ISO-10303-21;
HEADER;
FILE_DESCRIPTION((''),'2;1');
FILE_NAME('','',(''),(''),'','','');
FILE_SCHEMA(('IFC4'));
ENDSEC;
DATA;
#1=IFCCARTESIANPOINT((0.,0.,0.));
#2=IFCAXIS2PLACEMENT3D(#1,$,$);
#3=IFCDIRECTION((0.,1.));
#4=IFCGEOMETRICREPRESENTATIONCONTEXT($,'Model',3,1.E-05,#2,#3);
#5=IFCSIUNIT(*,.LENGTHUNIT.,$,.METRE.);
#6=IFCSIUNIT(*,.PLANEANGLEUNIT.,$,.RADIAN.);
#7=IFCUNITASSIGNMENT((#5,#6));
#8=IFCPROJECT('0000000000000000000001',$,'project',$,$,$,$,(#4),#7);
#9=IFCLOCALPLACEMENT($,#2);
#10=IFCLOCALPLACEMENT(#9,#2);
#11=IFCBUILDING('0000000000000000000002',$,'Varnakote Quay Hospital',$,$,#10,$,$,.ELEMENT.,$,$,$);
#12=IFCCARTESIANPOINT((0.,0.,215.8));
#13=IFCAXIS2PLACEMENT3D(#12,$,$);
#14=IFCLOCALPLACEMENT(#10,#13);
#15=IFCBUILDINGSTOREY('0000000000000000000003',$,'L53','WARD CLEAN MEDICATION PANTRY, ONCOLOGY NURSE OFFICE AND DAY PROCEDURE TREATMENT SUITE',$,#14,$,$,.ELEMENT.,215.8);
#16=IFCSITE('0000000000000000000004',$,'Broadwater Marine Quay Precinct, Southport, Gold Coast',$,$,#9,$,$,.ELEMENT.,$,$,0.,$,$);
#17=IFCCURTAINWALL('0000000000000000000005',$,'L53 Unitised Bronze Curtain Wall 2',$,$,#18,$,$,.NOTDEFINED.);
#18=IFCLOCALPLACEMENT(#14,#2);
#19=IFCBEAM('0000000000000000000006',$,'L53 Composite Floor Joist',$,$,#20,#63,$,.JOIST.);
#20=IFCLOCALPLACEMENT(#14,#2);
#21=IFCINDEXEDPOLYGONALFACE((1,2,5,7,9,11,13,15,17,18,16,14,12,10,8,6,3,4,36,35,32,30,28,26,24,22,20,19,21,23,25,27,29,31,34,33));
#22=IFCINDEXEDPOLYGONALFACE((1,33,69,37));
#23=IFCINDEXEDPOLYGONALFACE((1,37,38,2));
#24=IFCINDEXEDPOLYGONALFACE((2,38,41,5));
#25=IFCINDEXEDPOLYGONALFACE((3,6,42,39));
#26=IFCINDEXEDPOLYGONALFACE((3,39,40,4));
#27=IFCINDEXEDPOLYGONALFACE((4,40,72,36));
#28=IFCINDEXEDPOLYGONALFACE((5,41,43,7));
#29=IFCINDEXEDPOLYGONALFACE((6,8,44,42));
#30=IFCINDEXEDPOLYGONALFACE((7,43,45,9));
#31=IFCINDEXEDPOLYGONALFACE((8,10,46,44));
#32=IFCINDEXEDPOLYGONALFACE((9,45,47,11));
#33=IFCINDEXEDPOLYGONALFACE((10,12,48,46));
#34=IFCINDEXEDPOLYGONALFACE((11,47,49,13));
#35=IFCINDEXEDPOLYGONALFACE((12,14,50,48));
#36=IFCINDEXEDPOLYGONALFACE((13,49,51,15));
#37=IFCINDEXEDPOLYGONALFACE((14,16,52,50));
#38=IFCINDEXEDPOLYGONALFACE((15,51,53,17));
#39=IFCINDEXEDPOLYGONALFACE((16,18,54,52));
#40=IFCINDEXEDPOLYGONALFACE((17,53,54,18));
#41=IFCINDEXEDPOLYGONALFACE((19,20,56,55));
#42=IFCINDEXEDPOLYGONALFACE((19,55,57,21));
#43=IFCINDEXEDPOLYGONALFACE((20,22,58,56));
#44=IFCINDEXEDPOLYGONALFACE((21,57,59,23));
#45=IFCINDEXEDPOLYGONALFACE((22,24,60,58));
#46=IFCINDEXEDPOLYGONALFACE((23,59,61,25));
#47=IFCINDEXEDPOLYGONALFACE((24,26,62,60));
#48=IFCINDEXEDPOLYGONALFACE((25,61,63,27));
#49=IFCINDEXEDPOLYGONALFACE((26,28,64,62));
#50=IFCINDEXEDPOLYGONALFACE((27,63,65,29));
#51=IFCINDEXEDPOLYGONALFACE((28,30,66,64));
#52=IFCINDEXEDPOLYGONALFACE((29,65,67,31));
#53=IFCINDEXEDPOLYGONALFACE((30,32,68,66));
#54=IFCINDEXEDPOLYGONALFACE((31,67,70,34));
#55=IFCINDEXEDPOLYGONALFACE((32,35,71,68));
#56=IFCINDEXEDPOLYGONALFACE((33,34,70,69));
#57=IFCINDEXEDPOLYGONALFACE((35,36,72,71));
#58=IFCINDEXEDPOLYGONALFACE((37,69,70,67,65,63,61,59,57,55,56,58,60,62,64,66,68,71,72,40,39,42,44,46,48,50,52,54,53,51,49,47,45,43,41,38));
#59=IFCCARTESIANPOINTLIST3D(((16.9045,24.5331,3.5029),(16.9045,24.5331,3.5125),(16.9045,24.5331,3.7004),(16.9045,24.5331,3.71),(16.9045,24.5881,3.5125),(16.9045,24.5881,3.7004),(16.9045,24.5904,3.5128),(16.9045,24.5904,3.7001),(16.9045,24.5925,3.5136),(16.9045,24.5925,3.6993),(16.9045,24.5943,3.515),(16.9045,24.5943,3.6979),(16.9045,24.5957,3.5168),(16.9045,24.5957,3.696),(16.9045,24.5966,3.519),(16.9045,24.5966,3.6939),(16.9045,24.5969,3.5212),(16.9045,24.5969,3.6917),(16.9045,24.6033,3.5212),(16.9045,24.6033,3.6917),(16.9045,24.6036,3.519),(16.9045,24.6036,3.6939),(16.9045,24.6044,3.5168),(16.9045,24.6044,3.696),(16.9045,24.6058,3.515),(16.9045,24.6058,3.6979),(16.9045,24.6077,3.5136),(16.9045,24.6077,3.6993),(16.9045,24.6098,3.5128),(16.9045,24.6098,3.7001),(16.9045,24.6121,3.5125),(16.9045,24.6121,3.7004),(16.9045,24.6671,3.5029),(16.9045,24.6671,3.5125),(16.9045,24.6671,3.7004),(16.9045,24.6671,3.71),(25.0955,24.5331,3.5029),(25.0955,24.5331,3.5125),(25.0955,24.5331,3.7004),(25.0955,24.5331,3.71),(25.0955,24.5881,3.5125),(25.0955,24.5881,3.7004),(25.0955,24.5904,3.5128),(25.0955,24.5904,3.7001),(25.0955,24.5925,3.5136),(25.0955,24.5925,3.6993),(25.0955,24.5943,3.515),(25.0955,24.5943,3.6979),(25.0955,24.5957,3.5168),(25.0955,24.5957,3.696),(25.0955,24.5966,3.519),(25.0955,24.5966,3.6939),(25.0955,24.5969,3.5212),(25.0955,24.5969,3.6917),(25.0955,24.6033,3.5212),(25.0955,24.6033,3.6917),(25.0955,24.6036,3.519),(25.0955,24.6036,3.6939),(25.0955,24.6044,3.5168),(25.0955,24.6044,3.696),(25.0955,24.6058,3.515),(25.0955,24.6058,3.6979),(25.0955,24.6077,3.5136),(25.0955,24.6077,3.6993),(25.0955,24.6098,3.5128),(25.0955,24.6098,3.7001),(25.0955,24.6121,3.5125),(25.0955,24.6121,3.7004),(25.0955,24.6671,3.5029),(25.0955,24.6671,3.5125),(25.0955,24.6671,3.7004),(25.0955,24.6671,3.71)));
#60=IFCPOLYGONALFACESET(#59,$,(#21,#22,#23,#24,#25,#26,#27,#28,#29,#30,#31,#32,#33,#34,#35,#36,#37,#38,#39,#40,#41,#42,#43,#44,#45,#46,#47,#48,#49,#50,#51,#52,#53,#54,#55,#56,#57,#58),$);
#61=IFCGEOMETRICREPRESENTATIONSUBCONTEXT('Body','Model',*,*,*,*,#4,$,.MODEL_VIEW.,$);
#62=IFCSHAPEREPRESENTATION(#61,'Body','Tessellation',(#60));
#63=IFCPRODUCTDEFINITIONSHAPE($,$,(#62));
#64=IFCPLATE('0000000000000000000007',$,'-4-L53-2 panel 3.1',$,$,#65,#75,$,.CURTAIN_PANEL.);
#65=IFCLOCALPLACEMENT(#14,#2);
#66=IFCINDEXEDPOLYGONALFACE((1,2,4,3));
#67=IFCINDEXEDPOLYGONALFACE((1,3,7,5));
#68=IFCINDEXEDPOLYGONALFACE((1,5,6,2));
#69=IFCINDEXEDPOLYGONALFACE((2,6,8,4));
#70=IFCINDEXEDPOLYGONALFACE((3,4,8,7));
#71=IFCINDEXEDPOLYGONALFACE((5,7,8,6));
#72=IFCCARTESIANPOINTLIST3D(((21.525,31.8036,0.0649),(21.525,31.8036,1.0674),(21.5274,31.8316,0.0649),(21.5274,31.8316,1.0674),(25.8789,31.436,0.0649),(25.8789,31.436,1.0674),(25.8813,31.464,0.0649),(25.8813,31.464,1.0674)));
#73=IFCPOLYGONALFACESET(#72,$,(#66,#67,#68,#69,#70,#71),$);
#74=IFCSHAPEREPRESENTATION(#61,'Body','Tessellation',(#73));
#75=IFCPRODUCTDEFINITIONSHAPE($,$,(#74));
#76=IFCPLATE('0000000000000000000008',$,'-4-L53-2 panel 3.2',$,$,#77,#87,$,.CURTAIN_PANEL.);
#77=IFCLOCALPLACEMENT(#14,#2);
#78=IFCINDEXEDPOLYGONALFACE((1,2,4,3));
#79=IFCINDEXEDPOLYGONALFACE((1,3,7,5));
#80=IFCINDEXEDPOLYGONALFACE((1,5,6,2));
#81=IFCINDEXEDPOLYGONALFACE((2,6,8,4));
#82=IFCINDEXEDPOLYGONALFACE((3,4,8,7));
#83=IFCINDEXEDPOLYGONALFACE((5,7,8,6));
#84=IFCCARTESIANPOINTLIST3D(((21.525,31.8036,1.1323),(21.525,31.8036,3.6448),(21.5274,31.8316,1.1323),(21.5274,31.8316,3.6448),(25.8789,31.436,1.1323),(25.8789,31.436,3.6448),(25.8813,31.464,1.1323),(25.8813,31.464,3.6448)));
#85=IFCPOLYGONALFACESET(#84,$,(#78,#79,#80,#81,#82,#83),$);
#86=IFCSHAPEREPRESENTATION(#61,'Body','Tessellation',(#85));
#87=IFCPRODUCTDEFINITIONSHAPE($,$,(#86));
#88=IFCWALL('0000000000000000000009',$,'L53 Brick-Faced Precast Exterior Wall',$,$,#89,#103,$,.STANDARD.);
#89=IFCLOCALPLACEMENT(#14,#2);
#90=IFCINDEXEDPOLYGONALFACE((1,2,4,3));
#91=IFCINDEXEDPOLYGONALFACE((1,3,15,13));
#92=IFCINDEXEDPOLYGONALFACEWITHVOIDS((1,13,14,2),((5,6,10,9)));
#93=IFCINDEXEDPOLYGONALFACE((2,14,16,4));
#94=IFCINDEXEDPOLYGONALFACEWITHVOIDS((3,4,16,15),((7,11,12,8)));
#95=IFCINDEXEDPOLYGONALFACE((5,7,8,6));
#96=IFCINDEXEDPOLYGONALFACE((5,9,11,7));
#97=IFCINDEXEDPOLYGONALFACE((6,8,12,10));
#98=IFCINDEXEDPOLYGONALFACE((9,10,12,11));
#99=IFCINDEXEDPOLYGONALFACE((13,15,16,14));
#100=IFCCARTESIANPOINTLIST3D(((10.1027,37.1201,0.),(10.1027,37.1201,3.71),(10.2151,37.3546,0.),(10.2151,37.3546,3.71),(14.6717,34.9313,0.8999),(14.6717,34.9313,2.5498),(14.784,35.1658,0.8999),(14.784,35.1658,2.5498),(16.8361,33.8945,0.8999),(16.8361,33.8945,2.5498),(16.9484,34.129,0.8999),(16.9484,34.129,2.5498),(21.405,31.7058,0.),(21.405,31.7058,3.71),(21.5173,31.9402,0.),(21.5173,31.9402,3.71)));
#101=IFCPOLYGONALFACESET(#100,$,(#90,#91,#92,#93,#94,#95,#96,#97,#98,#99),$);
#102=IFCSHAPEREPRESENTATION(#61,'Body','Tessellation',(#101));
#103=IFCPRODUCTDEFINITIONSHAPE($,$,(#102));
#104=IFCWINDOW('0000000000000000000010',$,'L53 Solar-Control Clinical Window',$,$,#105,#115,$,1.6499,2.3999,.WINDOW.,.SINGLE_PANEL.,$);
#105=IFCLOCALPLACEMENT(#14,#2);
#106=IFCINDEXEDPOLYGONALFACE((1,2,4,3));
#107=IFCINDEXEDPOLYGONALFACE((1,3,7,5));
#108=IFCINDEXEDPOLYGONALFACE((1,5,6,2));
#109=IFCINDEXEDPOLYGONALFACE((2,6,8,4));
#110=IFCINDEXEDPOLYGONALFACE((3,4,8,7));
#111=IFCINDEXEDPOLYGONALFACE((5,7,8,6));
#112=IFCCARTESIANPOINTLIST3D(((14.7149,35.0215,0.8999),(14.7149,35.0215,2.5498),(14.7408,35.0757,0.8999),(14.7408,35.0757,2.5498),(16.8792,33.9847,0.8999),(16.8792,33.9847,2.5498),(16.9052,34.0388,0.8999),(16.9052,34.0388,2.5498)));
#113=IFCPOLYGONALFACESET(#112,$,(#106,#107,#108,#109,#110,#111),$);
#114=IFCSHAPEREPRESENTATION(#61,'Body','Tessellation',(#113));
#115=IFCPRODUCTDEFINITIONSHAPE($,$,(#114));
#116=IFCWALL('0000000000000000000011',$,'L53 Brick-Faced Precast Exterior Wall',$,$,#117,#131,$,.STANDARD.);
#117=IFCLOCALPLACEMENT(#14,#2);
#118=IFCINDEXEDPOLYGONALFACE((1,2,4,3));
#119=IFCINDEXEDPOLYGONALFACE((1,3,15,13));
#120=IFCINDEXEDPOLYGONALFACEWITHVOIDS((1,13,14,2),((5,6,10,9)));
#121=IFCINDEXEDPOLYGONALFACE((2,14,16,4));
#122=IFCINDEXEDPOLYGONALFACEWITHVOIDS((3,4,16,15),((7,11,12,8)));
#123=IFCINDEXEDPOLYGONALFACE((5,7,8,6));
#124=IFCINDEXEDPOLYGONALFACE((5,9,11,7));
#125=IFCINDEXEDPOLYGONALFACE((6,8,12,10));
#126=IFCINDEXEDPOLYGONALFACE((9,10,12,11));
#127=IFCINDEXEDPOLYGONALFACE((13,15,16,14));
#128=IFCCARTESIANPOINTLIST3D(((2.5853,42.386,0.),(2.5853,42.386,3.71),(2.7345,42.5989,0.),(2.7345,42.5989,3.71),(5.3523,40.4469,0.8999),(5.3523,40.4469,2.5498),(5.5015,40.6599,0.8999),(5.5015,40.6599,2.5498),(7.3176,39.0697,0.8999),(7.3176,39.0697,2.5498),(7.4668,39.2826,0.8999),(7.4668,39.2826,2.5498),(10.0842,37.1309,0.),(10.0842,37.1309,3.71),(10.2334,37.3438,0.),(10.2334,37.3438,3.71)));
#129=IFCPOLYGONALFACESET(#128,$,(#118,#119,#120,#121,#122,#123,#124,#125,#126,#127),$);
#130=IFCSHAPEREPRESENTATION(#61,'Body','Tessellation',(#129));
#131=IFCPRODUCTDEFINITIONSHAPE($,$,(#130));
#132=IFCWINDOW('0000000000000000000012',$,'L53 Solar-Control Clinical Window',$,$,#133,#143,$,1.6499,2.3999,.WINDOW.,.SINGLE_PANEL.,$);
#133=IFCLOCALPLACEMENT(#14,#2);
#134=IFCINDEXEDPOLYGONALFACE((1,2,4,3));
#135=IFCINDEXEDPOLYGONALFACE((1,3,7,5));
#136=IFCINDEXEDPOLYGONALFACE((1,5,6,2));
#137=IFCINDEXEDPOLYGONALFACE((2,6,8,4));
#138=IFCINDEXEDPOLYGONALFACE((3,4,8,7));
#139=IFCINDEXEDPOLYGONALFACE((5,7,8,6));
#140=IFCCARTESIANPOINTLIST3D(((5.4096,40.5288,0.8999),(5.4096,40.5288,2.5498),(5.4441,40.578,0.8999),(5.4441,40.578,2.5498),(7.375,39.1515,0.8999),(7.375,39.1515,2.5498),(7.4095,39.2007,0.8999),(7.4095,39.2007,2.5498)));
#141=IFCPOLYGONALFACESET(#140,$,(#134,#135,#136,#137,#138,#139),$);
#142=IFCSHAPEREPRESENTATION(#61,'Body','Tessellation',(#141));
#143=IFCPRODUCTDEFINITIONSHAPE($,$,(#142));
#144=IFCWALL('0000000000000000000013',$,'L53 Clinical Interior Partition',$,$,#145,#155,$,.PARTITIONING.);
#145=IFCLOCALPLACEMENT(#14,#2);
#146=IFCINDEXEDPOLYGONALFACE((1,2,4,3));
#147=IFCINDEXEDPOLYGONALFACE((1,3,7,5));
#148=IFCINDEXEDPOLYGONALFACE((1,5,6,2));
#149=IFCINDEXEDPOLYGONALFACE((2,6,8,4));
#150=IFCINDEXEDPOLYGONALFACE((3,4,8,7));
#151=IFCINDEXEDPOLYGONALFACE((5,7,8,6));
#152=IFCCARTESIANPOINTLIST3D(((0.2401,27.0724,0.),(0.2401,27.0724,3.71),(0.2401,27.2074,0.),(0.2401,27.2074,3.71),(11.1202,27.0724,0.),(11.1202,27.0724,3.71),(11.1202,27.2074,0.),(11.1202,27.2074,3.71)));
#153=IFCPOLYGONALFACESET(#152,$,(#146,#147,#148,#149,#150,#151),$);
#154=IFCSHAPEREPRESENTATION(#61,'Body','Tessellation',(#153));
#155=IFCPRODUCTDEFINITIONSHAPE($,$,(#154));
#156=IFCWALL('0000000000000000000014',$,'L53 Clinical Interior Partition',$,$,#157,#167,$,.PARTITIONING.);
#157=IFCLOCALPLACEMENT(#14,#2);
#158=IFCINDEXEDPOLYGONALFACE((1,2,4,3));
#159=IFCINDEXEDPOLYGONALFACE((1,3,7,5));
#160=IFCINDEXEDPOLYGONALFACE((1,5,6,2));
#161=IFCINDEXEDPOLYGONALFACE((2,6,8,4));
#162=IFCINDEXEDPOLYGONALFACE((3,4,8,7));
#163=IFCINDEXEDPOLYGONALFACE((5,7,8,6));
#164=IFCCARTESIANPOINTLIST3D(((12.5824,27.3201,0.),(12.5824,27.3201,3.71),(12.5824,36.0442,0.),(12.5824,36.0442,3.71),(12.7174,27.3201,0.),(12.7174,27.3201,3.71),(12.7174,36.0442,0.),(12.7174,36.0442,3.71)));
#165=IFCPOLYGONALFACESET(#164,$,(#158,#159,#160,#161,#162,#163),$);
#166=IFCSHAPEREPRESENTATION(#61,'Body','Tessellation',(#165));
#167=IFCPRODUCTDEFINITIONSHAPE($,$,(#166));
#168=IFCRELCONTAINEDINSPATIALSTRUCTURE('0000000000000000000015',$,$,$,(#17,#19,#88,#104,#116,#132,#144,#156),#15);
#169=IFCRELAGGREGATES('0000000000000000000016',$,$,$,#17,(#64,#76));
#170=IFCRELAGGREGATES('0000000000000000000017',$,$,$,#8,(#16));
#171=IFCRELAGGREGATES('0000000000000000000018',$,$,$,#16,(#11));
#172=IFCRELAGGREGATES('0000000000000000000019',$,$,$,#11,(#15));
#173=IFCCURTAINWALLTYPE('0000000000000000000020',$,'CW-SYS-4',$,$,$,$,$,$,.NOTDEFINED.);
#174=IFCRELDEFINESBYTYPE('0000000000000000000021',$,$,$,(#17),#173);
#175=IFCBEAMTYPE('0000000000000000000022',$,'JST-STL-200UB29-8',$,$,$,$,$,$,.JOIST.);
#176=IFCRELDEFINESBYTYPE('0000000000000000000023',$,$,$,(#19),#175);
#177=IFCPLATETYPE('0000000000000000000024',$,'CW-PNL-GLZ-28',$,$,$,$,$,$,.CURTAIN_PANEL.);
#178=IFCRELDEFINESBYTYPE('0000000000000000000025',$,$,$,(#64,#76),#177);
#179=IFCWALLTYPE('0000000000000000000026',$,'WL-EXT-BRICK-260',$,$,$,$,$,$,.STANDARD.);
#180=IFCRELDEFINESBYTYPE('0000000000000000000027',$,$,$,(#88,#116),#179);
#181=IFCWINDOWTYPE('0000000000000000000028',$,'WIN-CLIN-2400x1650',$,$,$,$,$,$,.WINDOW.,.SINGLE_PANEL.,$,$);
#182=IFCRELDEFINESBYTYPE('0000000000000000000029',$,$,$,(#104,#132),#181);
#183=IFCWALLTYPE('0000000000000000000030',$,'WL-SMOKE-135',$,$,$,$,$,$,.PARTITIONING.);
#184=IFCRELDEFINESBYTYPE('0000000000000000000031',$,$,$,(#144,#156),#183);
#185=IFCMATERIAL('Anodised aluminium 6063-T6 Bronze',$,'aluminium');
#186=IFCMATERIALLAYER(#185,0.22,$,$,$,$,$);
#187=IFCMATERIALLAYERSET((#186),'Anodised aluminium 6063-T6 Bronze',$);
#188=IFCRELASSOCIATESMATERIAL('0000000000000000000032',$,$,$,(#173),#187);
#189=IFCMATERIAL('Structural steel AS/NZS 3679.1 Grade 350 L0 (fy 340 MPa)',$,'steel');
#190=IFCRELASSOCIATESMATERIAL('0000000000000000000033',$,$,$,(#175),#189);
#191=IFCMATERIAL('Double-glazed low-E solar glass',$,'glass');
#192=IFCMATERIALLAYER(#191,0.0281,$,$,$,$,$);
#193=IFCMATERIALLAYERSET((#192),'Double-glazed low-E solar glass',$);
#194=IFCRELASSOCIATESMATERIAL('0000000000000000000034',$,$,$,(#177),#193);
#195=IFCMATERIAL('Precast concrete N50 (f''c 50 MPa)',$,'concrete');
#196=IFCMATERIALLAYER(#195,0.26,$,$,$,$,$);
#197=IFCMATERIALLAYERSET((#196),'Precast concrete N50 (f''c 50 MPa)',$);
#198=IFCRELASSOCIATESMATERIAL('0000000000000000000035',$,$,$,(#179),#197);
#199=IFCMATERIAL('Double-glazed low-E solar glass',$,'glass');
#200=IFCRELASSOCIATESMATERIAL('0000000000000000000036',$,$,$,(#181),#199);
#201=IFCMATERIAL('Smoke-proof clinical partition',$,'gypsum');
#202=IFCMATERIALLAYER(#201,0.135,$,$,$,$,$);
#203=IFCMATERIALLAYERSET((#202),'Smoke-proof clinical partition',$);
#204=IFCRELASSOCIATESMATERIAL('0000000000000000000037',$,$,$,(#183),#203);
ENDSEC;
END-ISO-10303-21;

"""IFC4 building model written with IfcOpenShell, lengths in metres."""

from ifc_helpers import new_model, si_unit, direction, frame, frame_2d, origin, origin_2d, place, context, subcontext, project, spatial, rectangle, i_section, extrude, material, layer, layer_set, material_profile, profile_set, type_object, element, fill, aggregate, save


model = new_model("IFC4")

# Units and contexts
model_context = context("Model", 3, precision=1e-05, world=origin(), true_north=direction((0.0, 1.0)))
body_context = subcontext(model_context, "Body", "Model", "MODEL_VIEW")
ifc_project = project(units=[si_unit("LENGTHUNIT", "METRE"), si_unit("PLANEANGLEUNIT", "RADIAN")], contexts=[model_context])

# Site, building, storey
site_placement = place(None, origin())
site = spatial("IfcSite", under=ifc_project, at=site_placement, Name="Broadwater Marine Quay Precinct, Southport, Gold Coast", CompositionType="ELEMENT", RefElevation=0.0)
building_placement = place(site_placement, origin())
building = spatial("IfcBuilding", under=site, at=building_placement, Name="Varnakote Quay Hospital", CompositionType="ELEMENT")
storey_placement = place(building_placement, frame((0.0, 0.0, 215.8)))
storey = spatial("IfcBuildingStorey", under=building, at=storey_placement, Name="L53", Description="WARD CLEAN MEDICATION PANTRY, ONCOLOGY NURSE OFFICE AND DAY PROCEDURE TREATMENT SUITE", CompositionType="ELEMENT", Elevation=215.8)

# Curtain wall
ifc_material_1 = material(Name="Anodised aluminium 6063-T6 Bronze", Category="aluminium")
ifc_layer_1 = layer(ifc_material_1, 0.22)
ifc_layer_set_1 = layer_set([ifc_layer_1], Name="Anodised aluminium 6063-T6 Bronze")
curtain_wall_type = type_object("IfcCurtainWallType", Name="CW-SYS-4", PredefinedType="NOTDEFINED", material=ifc_layer_set_1)
curtain_wall_placement = place(storey_placement, origin())
curtain_wall = element("IfcCurtainWall", 1, at=curtain_wall_placement, inside=storey, type_object=curtain_wall_type, Name="L53 Unitised Bronze Curtain Wall 2", PredefinedType="NOTDEFINED")

# Beam
ifc_material_2 = material(Name="Structural steel AS/NZS 3679.1 Grade 350 L0 (fy 340 MPa)", Category="steel")
ifc_material_profile_1 = material_profile(ifc_material_2, i_section(OverallWidth=0.134, OverallDepth=0.207, WebThickness=0.0063, FlangeThickness=0.0095, FilletRadius=0.0088, at=origin_2d()), Name="200UB29.8")
ifc_profile_set_1 = profile_set([ifc_material_profile_1], Name="Structural steel AS/NZS 3679.1 Grade 350 L0 (fy 340 MPa)")
beam_type_1 = type_object("IfcBeamType", Name="JST-STL-200UB29-8", PredefinedType="JOIST", material=ifc_profile_set_1)
beam_placement = place(storey_placement, frame((16.9045, 24.6001, 3.6064), z_axis=(1.0, 0.0, 0.0), x_axis=(0.0, 1.0, 0.0)))
element("IfcBeam", 2, at=beam_placement, inside=storey, type_object=beam_type_1, Name="L53 Composite Floor Joist", PredefinedType="JOIST", context=body_context, shape_type="SweptSolid", body=[
    extrude(i_section(OverallWidth=0.134, OverallDepth=0.207, WebThickness=0.0063, FlangeThickness=0.0095, FilletRadius=0.0088, at=origin_2d()), origin(), (0.0, 0.0, 1.0), 8.1909),
])

# Plates
ifc_material_3 = material(Name="Double-glazed low-E solar glass", Category="glass")
ifc_layer_2 = layer(ifc_material_3, 0.0281)
ifc_layer_set_2 = layer_set([ifc_layer_2], Name="Double-glazed low-E solar glass")
plate_type = type_object("IfcPlateType", Name="CW-PNL-GLZ-28", PredefinedType="CURTAIN_PANEL", material=ifc_layer_set_2)
plate_1_placement = place(storey_placement, frame((23.7031, 31.6338, 0.0649), z_axis=(0.0, 0.0, 1.0), x_axis=(-0.996454, 0.084136, 0.0)))
plate_1 = element("IfcPlate", 3, at=plate_1_placement, type_object=plate_type, Name="-4-L53-2 panel 3.1", PredefinedType="CURTAIN_PANEL", context=body_context, shape_type="SweptSolid", body=[
    extrude(rectangle(XDim=4.3694, YDim=0.0281, at=origin_2d()), origin(), (0.0, 0.0, 1.0), 1.0024),
])
plate_2_placement = place(storey_placement, frame((23.7031, 31.6338, 1.1323), z_axis=(0.0, 0.0, 1.0), x_axis=(-0.996454, 0.084136, 0.0)))
plate_2 = element("IfcPlate", 4, at=plate_2_placement, type_object=plate_type, Name="-4-L53-2 panel 3.2", PredefinedType="CURTAIN_PANEL", context=body_context, shape_type="SweptSolid", body=[
    extrude(rectangle(XDim=4.3694, YDim=0.0281, at=origin_2d()), origin(), (0.0, 0.0, 1.0), 2.5125),
])
aggregate(curtain_wall, [plate_1, plate_2])

# Walls, openings, windows
ifc_material_4 = material(Name="Precast concrete N50 (f'c 50 MPa)", Category="concrete")
ifc_layer_3 = layer(ifc_material_4, 0.26)
ifc_layer_set_3 = layer_set([ifc_layer_3], Name="Precast concrete N50 (f'c 50 MPa)")
wall_type_1 = type_object("IfcWallType", Name="WL-EXT-BRICK-260", PredefinedType="STANDARD", material=ifc_layer_set_3)
wall_1_placement = place(storey_placement, frame((21.4612, 31.823, 0.0), z_axis=(0.0, 0.0, 1.0), x_axis=(-0.901858, 0.432032, 0.0)))
wall_1 = element("IfcWall", 5, at=wall_1_placement, inside=storey, type_object=wall_type_1, Name="L53 Brick-Faced Precast Exterior Wall", PredefinedType="STANDARD", context=body_context, shape_type="SweptSolid", body=[
    extrude(rectangle(XDim=12.5322, YDim=0.26, at=frame_2d((6.2661, 0.0))), origin(), (0.0, 0.0, 1.0), 3.71),
])
opening_1_placement = place(wall_1_placement, frame((5.0662, 0.0, 0.8999)))
opening_1 = element("IfcOpeningElement", 6, at=opening_1_placement, cuts=wall_1, PredefinedType="OPENING", context=body_context, shape_type="SweptSolid", body=[
    extrude(rectangle(XDim=2.3999, YDim=1.6499, at=frame_2d((1.2, 0.825))), frame((0.0, 0.1399, 0.0), z_axis=(0.0, -1.0, 0.0), x_axis=(1.0, 0.0, 0.0)), (0.0, 0.0, 1.0), 0.28),
])
ifc_material_5 = material(Name="Double-glazed low-E solar glass", Category="glass")
window_type = type_object("IfcWindowType", Name="WIN-CLIN-2400x1650", PartitioningType="SINGLE_PANEL", PredefinedType="WINDOW", material=ifc_material_5)
window_1_placement = place(opening_1_placement, origin())
window_1 = element("IfcWindow", 7, at=window_1_placement, inside=storey, type_object=window_type, Name="L53 Solar-Control Clinical Window", OverallHeight=1.6499, OverallWidth=2.3999, PartitioningType="SINGLE_PANEL", PredefinedType="WINDOW", context=body_context, shape_type="SweptSolid", body=[
    extrude(rectangle(XDim=2.3999, YDim=1.6499, at=frame_2d((1.2, 0.825))), frame((0.0, 0.03, 0.0), z_axis=(0.0, -1.0, 0.0), x_axis=(1.0, 0.0, 0.0)), (0.0, 0.0, 1.0), 0.0601),
])
fill(opening_1, window_1)
wall_2_placement = place(storey_placement, frame((10.1589, 37.2373, 0.0), z_axis=(0.0, 0.0, 1.0), x_axis=(-0.818934, 0.573888, 0.0)))
wall_2 = element("IfcWall", 8, at=wall_2_placement, inside=storey, type_object=wall_type_1, Name="L53 Brick-Faced Precast Exterior Wall", PredefinedType="STANDARD", context=body_context, shape_type="SweptSolid", body=[
    extrude(rectangle(XDim=9.157, YDim=0.26, at=frame_2d((4.5786, 0.0))), origin(), (0.0, 0.0, 1.0), 3.71),
])
opening_2_placement = place(wall_2_placement, frame((3.3784, 0.0, 0.8999)))
opening_2 = element("IfcOpeningElement", 9, at=opening_2_placement, cuts=wall_2, PredefinedType="OPENING", context=body_context, shape_type="SweptSolid", body=[
    extrude(rectangle(XDim=2.3999, YDim=1.6499, at=frame_2d((1.2, 0.825))), frame((0.0, 0.1399, 0.0), z_axis=(0.0, -1.0, 0.0), x_axis=(1.0, 0.0, 0.0)), (0.0, 0.0, 1.0), 0.28),
])
window_2_placement = place(opening_2_placement, origin())
window_2 = element("IfcWindow", 10, at=window_2_placement, inside=storey, type_object=window_type, Name="L53 Solar-Control Clinical Window", OverallHeight=1.6499, OverallWidth=2.3999, PartitioningType="SINGLE_PANEL", PredefinedType="WINDOW", context=body_context, shape_type="SweptSolid", body=[
    extrude(rectangle(XDim=2.3999, YDim=1.6499, at=frame_2d((1.2, 0.825))), frame((0.0, 0.03, 0.0), z_axis=(0.0, -1.0, 0.0), x_axis=(1.0, 0.0, 0.0)), (0.0, 0.0, 1.0), 0.0601),
])
fill(opening_2, window_2)

# Walls
ifc_material_6 = material(Name="Smoke-proof clinical partition", Category="gypsum")
ifc_layer_4 = layer(ifc_material_6, 0.135)
ifc_layer_set_4 = layer_set([ifc_layer_4], Name="Smoke-proof clinical partition")
wall_type_2 = type_object("IfcWallType", Name="WL-SMOKE-135", PredefinedType="PARTITIONING", material=ifc_layer_set_4)
wall_3_placement = place(storey_placement, frame((11.1201, 27.1399, 0.0), z_axis=(0.0, 0.0, 1.0), x_axis=(-1.0, 0.0, 0.0)))
element("IfcWall", 11, at=wall_3_placement, inside=storey, type_object=wall_type_2, Name="L53 Clinical Interior Partition", PredefinedType="PARTITIONING", context=body_context, shape_type="SweptSolid", body=[
    extrude(rectangle(XDim=10.8801, YDim=0.135, at=frame_2d((5.4399, 0.0))), origin(), (0.0, 0.0, 1.0), 3.71),
])
wall_4_placement = place(storey_placement, frame((12.6499, 27.3201, 0.0), z_axis=(0.0, 0.0, 1.0), x_axis=(0.0, 1.0, 0.0)))
element("IfcWall", 12, at=wall_4_placement, inside=storey, type_object=wall_type_2, Name="L53 Clinical Interior Partition", PredefinedType="PARTITIONING", context=body_context, shape_type="SweptSolid", body=[
    extrude(rectangle(XDim=8.7241, YDim=0.135, at=frame_2d((4.3621, 0.0))), origin(), (0.0, 0.0, 1.0), 3.71),
])

save(model, "model.ifc")
